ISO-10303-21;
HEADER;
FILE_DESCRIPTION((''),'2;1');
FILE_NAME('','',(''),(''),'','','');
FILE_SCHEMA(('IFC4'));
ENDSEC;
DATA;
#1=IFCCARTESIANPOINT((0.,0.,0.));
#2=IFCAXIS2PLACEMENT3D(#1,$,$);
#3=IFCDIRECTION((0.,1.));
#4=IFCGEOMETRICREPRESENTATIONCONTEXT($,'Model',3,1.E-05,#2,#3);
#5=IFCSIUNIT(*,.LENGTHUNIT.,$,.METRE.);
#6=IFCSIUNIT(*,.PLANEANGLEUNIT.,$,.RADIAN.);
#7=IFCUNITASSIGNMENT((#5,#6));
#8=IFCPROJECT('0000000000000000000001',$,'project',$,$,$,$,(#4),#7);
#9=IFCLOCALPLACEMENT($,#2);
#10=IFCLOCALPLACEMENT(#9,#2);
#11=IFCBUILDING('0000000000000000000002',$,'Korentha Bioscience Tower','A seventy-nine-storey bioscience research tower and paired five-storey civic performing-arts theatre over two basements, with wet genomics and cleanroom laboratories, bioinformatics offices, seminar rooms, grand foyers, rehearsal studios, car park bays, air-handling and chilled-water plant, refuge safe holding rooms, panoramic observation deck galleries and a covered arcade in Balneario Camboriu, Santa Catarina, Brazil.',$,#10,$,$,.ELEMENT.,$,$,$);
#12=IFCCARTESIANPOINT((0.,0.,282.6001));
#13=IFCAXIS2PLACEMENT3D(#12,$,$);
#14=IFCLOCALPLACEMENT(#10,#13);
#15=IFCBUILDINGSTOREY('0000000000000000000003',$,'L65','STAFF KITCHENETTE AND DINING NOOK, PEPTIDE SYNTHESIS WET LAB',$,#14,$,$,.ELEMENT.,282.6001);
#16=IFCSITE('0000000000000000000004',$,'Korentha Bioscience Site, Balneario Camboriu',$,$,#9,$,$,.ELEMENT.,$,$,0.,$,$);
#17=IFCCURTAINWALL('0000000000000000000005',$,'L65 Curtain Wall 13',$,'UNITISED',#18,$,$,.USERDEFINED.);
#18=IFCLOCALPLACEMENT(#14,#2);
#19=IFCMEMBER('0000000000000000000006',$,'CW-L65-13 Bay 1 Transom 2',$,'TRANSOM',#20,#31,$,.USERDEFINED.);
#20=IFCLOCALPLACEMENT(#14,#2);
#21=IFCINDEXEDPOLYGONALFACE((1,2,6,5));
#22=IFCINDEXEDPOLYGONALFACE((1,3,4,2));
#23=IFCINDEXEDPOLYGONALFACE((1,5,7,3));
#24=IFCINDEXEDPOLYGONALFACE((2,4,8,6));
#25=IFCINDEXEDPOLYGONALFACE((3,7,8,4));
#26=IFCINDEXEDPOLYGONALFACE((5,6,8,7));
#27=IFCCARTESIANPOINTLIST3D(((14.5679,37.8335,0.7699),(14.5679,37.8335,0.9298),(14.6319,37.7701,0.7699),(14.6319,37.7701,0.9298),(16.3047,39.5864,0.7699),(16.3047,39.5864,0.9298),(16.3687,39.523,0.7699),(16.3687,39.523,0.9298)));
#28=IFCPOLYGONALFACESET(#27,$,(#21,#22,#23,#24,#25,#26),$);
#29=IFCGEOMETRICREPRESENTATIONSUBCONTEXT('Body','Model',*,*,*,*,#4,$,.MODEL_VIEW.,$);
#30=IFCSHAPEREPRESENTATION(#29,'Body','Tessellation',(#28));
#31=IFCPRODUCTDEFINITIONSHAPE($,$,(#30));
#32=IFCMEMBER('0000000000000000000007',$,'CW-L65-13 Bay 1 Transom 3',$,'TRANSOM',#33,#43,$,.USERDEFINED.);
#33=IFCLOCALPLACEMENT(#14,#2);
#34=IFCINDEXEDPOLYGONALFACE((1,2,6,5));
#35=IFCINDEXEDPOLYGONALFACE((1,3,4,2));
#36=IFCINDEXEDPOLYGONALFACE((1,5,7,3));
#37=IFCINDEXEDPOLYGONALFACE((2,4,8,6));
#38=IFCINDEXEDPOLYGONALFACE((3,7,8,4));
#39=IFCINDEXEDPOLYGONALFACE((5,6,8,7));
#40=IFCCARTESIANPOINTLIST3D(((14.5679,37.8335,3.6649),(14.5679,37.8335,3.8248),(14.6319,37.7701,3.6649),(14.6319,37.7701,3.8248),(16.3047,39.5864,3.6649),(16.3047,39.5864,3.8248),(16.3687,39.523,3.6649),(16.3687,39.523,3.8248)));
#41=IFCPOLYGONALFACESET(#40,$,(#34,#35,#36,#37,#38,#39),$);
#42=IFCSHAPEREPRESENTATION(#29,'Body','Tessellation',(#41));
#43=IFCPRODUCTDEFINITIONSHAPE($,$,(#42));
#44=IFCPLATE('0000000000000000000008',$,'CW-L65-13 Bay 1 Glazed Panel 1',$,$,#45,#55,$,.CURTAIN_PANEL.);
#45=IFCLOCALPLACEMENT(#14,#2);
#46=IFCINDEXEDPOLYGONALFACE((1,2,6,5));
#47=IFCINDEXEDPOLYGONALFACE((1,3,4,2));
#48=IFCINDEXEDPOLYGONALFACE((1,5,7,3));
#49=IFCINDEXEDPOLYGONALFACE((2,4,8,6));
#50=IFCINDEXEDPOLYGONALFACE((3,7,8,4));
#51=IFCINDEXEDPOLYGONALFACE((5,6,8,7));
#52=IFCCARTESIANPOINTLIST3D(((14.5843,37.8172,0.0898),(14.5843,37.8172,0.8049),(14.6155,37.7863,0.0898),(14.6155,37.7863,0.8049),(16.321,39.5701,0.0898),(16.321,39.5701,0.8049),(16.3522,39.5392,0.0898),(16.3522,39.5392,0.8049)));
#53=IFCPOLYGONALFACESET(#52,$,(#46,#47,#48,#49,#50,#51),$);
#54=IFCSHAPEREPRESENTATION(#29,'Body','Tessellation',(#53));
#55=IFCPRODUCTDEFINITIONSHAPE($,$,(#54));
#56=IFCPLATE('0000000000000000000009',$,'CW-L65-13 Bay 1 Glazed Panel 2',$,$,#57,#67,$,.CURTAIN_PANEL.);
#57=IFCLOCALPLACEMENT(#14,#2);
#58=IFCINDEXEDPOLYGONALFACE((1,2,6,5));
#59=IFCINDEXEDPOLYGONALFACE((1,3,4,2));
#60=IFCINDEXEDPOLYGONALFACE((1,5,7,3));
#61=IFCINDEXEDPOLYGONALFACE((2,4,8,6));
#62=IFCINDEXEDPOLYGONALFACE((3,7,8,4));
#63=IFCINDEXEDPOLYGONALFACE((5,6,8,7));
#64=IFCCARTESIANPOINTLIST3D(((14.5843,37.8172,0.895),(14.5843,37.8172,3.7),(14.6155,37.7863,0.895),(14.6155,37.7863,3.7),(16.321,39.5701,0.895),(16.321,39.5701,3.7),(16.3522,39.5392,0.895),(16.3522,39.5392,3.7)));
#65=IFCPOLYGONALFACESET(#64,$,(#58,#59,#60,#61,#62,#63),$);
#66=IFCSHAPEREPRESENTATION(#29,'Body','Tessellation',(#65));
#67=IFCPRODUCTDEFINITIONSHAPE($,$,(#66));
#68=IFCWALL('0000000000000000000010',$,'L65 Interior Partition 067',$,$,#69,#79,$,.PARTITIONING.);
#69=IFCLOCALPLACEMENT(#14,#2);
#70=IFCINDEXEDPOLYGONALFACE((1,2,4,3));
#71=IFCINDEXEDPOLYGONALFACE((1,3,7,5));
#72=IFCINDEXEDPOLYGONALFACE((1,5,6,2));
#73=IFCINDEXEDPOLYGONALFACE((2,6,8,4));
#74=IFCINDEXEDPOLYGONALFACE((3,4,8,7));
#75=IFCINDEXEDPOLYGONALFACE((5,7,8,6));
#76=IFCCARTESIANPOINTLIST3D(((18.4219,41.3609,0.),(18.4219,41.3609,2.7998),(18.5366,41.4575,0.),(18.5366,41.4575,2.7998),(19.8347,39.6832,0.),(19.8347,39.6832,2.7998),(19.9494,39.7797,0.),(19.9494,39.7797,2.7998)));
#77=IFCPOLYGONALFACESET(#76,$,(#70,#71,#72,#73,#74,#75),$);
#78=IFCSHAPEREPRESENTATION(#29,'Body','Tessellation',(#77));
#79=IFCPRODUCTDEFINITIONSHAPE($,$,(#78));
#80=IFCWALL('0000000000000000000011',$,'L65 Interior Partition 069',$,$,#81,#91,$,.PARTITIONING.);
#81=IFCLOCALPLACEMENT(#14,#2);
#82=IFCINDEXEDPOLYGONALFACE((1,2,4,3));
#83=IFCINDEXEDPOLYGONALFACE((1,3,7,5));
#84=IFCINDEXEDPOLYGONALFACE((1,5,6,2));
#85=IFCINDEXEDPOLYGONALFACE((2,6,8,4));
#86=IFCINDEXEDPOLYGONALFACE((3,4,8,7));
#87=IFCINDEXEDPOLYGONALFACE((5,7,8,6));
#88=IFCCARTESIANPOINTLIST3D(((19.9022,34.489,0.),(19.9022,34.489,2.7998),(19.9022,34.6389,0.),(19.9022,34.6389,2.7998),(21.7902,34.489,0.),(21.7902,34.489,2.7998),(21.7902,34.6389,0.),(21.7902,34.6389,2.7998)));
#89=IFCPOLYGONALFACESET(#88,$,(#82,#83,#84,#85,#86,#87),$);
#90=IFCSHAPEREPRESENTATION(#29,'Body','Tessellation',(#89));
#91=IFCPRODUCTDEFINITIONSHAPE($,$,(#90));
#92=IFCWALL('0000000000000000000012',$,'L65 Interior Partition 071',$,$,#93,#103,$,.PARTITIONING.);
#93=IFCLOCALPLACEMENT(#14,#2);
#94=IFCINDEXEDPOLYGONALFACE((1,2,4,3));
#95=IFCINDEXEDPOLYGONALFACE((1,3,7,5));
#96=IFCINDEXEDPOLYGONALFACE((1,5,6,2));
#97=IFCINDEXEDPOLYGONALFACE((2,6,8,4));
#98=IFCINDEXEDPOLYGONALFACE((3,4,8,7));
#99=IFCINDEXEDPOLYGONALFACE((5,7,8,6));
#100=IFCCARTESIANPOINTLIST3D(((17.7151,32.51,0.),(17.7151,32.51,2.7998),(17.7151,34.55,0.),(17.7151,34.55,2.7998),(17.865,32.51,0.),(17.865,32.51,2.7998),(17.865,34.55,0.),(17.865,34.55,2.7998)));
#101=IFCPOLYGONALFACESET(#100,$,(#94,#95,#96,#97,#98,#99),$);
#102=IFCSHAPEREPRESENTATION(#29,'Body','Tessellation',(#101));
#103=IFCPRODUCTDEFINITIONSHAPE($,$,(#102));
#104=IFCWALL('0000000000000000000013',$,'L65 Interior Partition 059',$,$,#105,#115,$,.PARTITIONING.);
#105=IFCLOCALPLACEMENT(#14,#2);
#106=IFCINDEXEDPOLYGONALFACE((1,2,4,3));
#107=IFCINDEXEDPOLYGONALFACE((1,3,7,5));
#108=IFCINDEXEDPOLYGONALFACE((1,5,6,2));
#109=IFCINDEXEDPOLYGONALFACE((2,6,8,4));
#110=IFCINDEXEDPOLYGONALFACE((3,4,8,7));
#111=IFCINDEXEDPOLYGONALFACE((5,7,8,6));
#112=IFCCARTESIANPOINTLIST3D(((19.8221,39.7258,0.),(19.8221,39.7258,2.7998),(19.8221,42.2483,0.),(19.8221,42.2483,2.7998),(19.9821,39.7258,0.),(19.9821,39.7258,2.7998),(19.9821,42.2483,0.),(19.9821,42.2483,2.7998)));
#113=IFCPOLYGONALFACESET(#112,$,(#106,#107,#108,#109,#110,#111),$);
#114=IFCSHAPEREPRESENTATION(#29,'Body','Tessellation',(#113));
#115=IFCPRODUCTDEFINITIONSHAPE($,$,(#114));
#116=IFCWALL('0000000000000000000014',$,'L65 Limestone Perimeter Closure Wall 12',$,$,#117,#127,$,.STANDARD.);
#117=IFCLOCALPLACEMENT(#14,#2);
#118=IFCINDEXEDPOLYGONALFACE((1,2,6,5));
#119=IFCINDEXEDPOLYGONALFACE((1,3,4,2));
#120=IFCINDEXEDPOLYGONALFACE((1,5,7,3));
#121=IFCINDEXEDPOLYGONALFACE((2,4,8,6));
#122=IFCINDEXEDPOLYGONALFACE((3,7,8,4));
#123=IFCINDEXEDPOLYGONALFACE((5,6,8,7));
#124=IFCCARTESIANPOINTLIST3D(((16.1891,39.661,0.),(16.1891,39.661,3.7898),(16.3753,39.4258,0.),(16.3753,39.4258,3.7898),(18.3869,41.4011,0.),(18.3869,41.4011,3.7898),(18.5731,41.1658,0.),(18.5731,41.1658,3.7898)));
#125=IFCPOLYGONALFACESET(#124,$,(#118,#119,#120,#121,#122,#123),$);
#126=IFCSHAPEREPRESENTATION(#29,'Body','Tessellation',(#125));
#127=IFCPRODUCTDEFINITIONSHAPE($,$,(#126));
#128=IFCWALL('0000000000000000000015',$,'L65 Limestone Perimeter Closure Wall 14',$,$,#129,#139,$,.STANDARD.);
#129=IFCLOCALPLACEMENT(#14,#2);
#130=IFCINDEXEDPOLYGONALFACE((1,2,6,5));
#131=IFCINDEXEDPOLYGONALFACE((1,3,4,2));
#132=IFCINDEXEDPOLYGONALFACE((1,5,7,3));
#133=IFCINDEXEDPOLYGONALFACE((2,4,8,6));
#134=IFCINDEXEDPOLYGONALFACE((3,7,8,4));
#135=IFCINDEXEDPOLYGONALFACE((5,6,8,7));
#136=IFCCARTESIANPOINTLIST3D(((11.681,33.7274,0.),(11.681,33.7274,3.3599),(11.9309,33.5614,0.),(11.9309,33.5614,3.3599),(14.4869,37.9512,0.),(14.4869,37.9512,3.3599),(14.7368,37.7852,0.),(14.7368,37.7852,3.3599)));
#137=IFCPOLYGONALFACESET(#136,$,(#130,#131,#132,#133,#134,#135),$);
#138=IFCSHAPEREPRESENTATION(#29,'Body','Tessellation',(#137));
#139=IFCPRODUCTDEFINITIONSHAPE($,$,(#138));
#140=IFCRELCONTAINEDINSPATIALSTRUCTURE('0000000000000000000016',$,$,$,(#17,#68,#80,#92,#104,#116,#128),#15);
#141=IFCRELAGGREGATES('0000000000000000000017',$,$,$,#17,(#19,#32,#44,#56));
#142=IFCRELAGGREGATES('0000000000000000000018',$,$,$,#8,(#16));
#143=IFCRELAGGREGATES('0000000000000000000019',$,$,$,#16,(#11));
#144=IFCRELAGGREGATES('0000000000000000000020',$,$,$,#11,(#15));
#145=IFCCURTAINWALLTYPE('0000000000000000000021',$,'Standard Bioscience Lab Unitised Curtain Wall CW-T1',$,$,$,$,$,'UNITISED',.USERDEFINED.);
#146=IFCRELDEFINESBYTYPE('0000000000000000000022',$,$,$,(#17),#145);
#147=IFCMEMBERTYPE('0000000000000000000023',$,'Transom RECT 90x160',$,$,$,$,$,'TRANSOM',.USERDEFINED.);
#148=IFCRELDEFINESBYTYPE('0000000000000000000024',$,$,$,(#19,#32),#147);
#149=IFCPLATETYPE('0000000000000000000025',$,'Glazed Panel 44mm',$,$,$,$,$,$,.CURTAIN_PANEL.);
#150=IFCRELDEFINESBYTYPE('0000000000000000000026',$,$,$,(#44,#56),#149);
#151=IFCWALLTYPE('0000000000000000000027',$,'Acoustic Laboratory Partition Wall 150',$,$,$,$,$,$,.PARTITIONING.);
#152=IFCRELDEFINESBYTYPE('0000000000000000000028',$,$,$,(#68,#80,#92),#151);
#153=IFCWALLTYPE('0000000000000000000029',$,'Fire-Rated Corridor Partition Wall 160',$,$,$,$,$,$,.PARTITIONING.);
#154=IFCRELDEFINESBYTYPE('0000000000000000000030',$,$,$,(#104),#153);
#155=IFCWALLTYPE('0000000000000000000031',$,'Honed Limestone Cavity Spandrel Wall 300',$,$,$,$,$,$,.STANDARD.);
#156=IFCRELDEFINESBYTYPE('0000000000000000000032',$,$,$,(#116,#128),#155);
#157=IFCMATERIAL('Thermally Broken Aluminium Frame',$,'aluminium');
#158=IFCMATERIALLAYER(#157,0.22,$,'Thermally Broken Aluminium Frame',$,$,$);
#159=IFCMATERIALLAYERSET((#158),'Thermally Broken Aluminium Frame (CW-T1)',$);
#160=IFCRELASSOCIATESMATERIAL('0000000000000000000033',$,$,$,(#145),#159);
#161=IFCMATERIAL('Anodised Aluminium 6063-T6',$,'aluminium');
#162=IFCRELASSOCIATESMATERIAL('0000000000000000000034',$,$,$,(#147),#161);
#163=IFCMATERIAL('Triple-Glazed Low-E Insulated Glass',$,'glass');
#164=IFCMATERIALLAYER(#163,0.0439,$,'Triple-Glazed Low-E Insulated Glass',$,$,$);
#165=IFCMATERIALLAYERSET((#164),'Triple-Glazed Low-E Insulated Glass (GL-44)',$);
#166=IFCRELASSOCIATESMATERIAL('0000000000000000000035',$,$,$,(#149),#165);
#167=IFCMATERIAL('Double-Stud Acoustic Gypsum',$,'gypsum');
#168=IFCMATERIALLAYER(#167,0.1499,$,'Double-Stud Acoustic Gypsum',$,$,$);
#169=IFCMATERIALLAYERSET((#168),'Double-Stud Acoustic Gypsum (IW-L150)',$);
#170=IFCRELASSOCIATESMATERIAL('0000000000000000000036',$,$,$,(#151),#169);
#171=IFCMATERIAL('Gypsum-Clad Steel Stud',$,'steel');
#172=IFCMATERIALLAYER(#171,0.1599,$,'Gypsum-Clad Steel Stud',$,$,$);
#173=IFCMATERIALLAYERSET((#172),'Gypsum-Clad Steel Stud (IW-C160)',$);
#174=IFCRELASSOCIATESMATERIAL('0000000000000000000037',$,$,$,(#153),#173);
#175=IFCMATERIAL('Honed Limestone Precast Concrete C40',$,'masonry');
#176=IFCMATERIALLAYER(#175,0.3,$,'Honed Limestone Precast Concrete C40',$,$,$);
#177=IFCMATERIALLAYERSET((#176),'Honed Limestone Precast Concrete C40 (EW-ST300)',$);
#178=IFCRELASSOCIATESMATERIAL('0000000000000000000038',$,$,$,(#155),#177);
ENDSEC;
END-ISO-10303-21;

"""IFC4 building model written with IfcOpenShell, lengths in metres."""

from ifc_helpers import new_model, si_unit, direction, frame, frame_2d, origin, origin_2d, place, context, subcontext, project, spatial, rectangle, extrude, material, layer, layer_set, material_profile, profile_set, type_object, element, aggregate, save


model = new_model("IFC4")

# Units and contexts
model_context = context("Model", 3, precision=1e-05, world=origin(), true_north=direction((0.0, 1.0)))
body_context = subcontext(model_context, "Body", "Model", "MODEL_VIEW")
ifc_project = project(units=[si_unit("LENGTHUNIT", "METRE"), si_unit("PLANEANGLEUNIT", "RADIAN")], contexts=[model_context])

# Site, building, storey
site_placement = place(None, origin())
site = spatial("IfcSite", under=ifc_project, at=site_placement, Name="Korentha Bioscience Site, Balneario Camboriu", CompositionType="ELEMENT", RefElevation=0.0)
building_placement = place(site_placement, origin())
building = spatial("IfcBuilding", under=site, at=building_placement, Name="Korentha Bioscience Tower", Description="A seventy-nine-storey bioscience research tower and paired five-storey civic performing-arts theatre over two basements, with wet genomics and cleanroom laboratories, bioinformatics offices, seminar rooms, grand foyers, rehearsal studios, car park bays, air-handling and chilled-water plant, refuge safe holding rooms, panoramic observation deck galleries and a covered arcade in Balneario Camboriu, Santa Catarina, Brazil.", CompositionType="ELEMENT")
storey_placement = place(building_placement, frame((0.0, 0.0, 282.6001)))
storey = spatial("IfcBuildingStorey", under=building, at=storey_placement, Name="L65", Description="STAFF KITCHENETTE AND DINING NOOK, PEPTIDE SYNTHESIS WET LAB", CompositionType="ELEMENT", Elevation=282.6001)

# Curtain wall
ifc_material_1 = material(Name="Thermally Broken Aluminium Frame", Category="aluminium")
ifc_layer_1 = layer(ifc_material_1, 0.22, Name="Thermally Broken Aluminium Frame")
ifc_layer_set_1 = layer_set([ifc_layer_1], Name="Thermally Broken Aluminium Frame (CW-T1)")
curtain_wall_type = type_object("IfcCurtainWallType", Name="Standard Bioscience Lab Unitised Curtain Wall CW-T1", ElementType="UNITISED", PredefinedType="USERDEFINED", material=ifc_layer_set_1)
curtain_wall_placement = place(storey_placement, origin())
curtain_wall = element("IfcCurtainWall", 1, at=curtain_wall_placement, inside=storey, type_object=curtain_wall_type, Name="L65 Curtain Wall 13", ObjectType="UNITISED", PredefinedType="USERDEFINED")
ifc_material_2 = material(Name="Anodised Aluminium 6063-T6", Category="aluminium")

# Members
ifc_material_profile_1 = material_profile(ifc_material_2, rectangle(XDim=0.0901, YDim=0.1599, at=origin_2d()), Name="Anodised Aluminium 6063-T6")
ifc_profile_set_1 = profile_set([ifc_material_profile_1], Name="Anodised Aluminium 6063-T6 (CW-TRN)")
member_type_1 = type_object("IfcMemberType", Name="Transom RECT 90x160", ElementType="TRANSOM", PredefinedType="USERDEFINED", material=ifc_profile_set_1)
member_1_placement = place(storey_placement, frame((16.3367, 39.5547, 0.8499), z_axis=(-0.703834, -0.710364, 0.0), x_axis=(0.710364, -0.703834, 0.0)))
member_1 = element("IfcMember", 2, at=member_1_placement, type_object=member_type_1, Name="CW-L65-13 Bay 1 Transom 2", ObjectType="TRANSOM", PredefinedType="USERDEFINED", context=body_context, shape_type="SweptSolid", body=[
    extrude(rectangle(XDim=0.0901, YDim=0.1599, at=origin_2d()), origin(), (0.0, 0.0, 1.0), 2.4675),
])
member_2_placement = place(storey_placement, frame((16.3367, 39.5547, 3.7449), z_axis=(-0.703834, -0.710364, 0.0), x_axis=(0.710364, -0.703834, 0.0)))
member_2 = element("IfcMember", 3, at=member_2_placement, type_object=member_type_1, Name="CW-L65-13 Bay 1 Transom 3", ObjectType="TRANSOM", PredefinedType="USERDEFINED", context=body_context, shape_type="SweptSolid", body=[
    extrude(rectangle(XDim=0.0901, YDim=0.1599, at=origin_2d()), origin(), (0.0, 0.0, 1.0), 2.4675),
])

# Plates
ifc_material_3 = material(Name="Triple-Glazed Low-E Insulated Glass", Category="glass")
ifc_layer_2 = layer(ifc_material_3, 0.0439, Name="Triple-Glazed Low-E Insulated Glass")
ifc_layer_set_2 = layer_set([ifc_layer_2], Name="Triple-Glazed Low-E Insulated Glass (GL-44)")
plate_type = type_object("IfcPlateType", Name="Glazed Panel 44mm", PredefinedType="CURTAIN_PANEL", material=ifc_layer_set_2)
plate_1_placement = place(storey_placement, frame((15.4683, 38.6782, 0.0898), z_axis=(0.0, 0.0, 1.0), x_axis=(-0.703813, -0.710385, 0.0)))
plate_1 = element("IfcPlate", 4, at=plate_1_placement, type_object=plate_type, Name="CW-L65-13 Bay 1 Glazed Panel 1", PredefinedType="CURTAIN_PANEL", context=body_context, shape_type="SweptSolid", body=[
    extrude(rectangle(XDim=2.4675, YDim=0.0439, at=origin_2d()), origin(), (0.0, 0.0, 1.0), 0.7151),
])
plate_2_placement = place(storey_placement, frame((15.4683, 38.6782, 0.895), z_axis=(0.0, 0.0, 1.0), x_axis=(-0.703813, -0.710385, 0.0)))
plate_2 = element("IfcPlate", 5, at=plate_2_placement, type_object=plate_type, Name="CW-L65-13 Bay 1 Glazed Panel 2", PredefinedType="CURTAIN_PANEL", context=body_context, shape_type="SweptSolid", body=[
    extrude(rectangle(XDim=2.4675, YDim=0.0439, at=origin_2d()), origin(), (0.0, 0.0, 1.0), 2.8049),
])
aggregate(curtain_wall, [member_1, member_2, plate_1, plate_2])

# Shared definitions
ifc_material_4 = material(Name="Double-Stud Acoustic Gypsum", Category="gypsum")
ifc_layer_3 = layer(ifc_material_4, 0.1499, Name="Double-Stud Acoustic Gypsum")
ifc_layer_set_3 = layer_set([ifc_layer_3], Name="Double-Stud Acoustic Gypsum (IW-L150)")
wall_type_1 = type_object("IfcWallType", Name="Acoustic Laboratory Partition Wall 150", PredefinedType="PARTITIONING", material=ifc_layer_set_3)

# Walls
wall_1_placement = place(storey_placement, frame((18.4792, 41.4092, 0.0), z_axis=(0.0, 0.0, 1.0), x_axis=(0.644139, -0.764908, 0.0)))
element("IfcWall", 6, at=wall_1_placement, inside=storey, type_object=wall_type_1, Name="L65 Interior Partition 067", PredefinedType="PARTITIONING", context=body_context, shape_type="SweptSolid", body=[
    extrude(rectangle(XDim=2.1934, YDim=0.1499, at=frame_2d((1.0967, 0.0))), origin(), (0.0, 0.0, 1.0), 2.7998),
])
wall_2_placement = place(storey_placement, frame((21.79, 34.564, 0.0), z_axis=(0.0, 0.0, 1.0), x_axis=(-1.0, 0.0, 0.0)))
element("IfcWall", 7, at=wall_2_placement, inside=storey, type_object=wall_type_1, Name="L65 Interior Partition 069", PredefinedType="PARTITIONING", context=body_context, shape_type="SweptSolid", body=[
    extrude(rectangle(XDim=1.8879, YDim=0.1499, at=frame_2d((0.9438, 0.0))), origin(), (0.0, 0.0, 1.0), 2.7998),
])
wall_3_placement = place(storey_placement, frame((17.79, 34.55, 0.0), z_axis=(0.0, 0.0, 1.0), x_axis=(0.0, -1.0, 0.0)))
element("IfcWall", 8, at=wall_3_placement, inside=storey, type_object=wall_type_1, Name="L65 Interior Partition 071", PredefinedType="PARTITIONING", context=body_context, shape_type="SweptSolid", body=[
    extrude(rectangle(XDim=2.04, YDim=0.1499, at=frame_2d((1.02, 0.0))), origin(), (0.0, 0.0, 1.0), 2.7998),
])
ifc_material_5 = material(Name="Gypsum-Clad Steel Stud", Category="steel")
ifc_layer_4 = layer(ifc_material_5, 0.1599, Name="Gypsum-Clad Steel Stud")
ifc_layer_set_4 = layer_set([ifc_layer_4], Name="Gypsum-Clad Steel Stud (IW-C160)")
wall_type_2 = type_object("IfcWallType", Name="Fire-Rated Corridor Partition Wall 160", PredefinedType="PARTITIONING", material=ifc_layer_set_4)
wall_4_placement = place(storey_placement, frame((19.9021, 39.7258, 0.0), z_axis=(0.0, 0.0, 1.0), x_axis=(0.0, 1.0, 0.0)))
element("IfcWall", 9, at=wall_4_placement, inside=storey, type_object=wall_type_2, Name="L65 Interior Partition 059", PredefinedType="PARTITIONING", context=body_context, shape_type="SweptSolid", body=[
    extrude(rectangle(XDim=2.5225, YDim=0.1599, at=frame_2d((1.2612, 0.0))), origin(), (0.0, 0.0, 1.0), 2.7998),
])
ifc_material_6 = material(Name="Honed Limestone Precast Concrete C40", Category="masonry")
ifc_layer_5 = layer(ifc_material_6, 0.3, Name="Honed Limestone Precast Concrete C40")
ifc_layer_set_5 = layer_set([ifc_layer_5], Name="Honed Limestone Precast Concrete C40 (EW-ST300)")
wall_type_3 = type_object("IfcWallType", Name="Honed Limestone Cavity Spandrel Wall 300", PredefinedType="STANDARD", material=ifc_layer_set_5)
wall_5_placement = place(storey_placement, frame((18.48, 41.2834, 0.0), z_axis=(0.0, 0.0, 1.0), x_axis=(-0.784028, -0.620725, 0.0)))
element("IfcWall", 10, at=wall_5_placement, inside=storey, type_object=wall_type_3, Name="L65 Limestone Perimeter Closure Wall 12", PredefinedType="STANDARD", context=body_context, shape_type="SweptSolid", body=[
    extrude(rectangle(XDim=2.8032, YDim=0.3, at=frame_2d((1.4016, 0.0))), origin(), (0.0, 0.0, 1.0), 3.7898),
])
wall_6_placement = place(storey_placement, frame((14.6118, 37.8682, 0.0), z_axis=(0.0, 0.0, 1.0), x_axis=(-0.553333, -0.83296, 0.0)))
element("IfcWall", 11, at=wall_6_placement, inside=storey, type_object=wall_type_3, Name="L65 Limestone Perimeter Closure Wall 14", PredefinedType="STANDARD", context=body_context, shape_type="SweptSolid", body=[
    extrude(rectangle(XDim=5.0708, YDim=0.3, at=frame_2d((2.5354, 0.0))), origin(), (0.0, 0.0, 1.0), 3.3599),
])

save(model, "model.ifc")
